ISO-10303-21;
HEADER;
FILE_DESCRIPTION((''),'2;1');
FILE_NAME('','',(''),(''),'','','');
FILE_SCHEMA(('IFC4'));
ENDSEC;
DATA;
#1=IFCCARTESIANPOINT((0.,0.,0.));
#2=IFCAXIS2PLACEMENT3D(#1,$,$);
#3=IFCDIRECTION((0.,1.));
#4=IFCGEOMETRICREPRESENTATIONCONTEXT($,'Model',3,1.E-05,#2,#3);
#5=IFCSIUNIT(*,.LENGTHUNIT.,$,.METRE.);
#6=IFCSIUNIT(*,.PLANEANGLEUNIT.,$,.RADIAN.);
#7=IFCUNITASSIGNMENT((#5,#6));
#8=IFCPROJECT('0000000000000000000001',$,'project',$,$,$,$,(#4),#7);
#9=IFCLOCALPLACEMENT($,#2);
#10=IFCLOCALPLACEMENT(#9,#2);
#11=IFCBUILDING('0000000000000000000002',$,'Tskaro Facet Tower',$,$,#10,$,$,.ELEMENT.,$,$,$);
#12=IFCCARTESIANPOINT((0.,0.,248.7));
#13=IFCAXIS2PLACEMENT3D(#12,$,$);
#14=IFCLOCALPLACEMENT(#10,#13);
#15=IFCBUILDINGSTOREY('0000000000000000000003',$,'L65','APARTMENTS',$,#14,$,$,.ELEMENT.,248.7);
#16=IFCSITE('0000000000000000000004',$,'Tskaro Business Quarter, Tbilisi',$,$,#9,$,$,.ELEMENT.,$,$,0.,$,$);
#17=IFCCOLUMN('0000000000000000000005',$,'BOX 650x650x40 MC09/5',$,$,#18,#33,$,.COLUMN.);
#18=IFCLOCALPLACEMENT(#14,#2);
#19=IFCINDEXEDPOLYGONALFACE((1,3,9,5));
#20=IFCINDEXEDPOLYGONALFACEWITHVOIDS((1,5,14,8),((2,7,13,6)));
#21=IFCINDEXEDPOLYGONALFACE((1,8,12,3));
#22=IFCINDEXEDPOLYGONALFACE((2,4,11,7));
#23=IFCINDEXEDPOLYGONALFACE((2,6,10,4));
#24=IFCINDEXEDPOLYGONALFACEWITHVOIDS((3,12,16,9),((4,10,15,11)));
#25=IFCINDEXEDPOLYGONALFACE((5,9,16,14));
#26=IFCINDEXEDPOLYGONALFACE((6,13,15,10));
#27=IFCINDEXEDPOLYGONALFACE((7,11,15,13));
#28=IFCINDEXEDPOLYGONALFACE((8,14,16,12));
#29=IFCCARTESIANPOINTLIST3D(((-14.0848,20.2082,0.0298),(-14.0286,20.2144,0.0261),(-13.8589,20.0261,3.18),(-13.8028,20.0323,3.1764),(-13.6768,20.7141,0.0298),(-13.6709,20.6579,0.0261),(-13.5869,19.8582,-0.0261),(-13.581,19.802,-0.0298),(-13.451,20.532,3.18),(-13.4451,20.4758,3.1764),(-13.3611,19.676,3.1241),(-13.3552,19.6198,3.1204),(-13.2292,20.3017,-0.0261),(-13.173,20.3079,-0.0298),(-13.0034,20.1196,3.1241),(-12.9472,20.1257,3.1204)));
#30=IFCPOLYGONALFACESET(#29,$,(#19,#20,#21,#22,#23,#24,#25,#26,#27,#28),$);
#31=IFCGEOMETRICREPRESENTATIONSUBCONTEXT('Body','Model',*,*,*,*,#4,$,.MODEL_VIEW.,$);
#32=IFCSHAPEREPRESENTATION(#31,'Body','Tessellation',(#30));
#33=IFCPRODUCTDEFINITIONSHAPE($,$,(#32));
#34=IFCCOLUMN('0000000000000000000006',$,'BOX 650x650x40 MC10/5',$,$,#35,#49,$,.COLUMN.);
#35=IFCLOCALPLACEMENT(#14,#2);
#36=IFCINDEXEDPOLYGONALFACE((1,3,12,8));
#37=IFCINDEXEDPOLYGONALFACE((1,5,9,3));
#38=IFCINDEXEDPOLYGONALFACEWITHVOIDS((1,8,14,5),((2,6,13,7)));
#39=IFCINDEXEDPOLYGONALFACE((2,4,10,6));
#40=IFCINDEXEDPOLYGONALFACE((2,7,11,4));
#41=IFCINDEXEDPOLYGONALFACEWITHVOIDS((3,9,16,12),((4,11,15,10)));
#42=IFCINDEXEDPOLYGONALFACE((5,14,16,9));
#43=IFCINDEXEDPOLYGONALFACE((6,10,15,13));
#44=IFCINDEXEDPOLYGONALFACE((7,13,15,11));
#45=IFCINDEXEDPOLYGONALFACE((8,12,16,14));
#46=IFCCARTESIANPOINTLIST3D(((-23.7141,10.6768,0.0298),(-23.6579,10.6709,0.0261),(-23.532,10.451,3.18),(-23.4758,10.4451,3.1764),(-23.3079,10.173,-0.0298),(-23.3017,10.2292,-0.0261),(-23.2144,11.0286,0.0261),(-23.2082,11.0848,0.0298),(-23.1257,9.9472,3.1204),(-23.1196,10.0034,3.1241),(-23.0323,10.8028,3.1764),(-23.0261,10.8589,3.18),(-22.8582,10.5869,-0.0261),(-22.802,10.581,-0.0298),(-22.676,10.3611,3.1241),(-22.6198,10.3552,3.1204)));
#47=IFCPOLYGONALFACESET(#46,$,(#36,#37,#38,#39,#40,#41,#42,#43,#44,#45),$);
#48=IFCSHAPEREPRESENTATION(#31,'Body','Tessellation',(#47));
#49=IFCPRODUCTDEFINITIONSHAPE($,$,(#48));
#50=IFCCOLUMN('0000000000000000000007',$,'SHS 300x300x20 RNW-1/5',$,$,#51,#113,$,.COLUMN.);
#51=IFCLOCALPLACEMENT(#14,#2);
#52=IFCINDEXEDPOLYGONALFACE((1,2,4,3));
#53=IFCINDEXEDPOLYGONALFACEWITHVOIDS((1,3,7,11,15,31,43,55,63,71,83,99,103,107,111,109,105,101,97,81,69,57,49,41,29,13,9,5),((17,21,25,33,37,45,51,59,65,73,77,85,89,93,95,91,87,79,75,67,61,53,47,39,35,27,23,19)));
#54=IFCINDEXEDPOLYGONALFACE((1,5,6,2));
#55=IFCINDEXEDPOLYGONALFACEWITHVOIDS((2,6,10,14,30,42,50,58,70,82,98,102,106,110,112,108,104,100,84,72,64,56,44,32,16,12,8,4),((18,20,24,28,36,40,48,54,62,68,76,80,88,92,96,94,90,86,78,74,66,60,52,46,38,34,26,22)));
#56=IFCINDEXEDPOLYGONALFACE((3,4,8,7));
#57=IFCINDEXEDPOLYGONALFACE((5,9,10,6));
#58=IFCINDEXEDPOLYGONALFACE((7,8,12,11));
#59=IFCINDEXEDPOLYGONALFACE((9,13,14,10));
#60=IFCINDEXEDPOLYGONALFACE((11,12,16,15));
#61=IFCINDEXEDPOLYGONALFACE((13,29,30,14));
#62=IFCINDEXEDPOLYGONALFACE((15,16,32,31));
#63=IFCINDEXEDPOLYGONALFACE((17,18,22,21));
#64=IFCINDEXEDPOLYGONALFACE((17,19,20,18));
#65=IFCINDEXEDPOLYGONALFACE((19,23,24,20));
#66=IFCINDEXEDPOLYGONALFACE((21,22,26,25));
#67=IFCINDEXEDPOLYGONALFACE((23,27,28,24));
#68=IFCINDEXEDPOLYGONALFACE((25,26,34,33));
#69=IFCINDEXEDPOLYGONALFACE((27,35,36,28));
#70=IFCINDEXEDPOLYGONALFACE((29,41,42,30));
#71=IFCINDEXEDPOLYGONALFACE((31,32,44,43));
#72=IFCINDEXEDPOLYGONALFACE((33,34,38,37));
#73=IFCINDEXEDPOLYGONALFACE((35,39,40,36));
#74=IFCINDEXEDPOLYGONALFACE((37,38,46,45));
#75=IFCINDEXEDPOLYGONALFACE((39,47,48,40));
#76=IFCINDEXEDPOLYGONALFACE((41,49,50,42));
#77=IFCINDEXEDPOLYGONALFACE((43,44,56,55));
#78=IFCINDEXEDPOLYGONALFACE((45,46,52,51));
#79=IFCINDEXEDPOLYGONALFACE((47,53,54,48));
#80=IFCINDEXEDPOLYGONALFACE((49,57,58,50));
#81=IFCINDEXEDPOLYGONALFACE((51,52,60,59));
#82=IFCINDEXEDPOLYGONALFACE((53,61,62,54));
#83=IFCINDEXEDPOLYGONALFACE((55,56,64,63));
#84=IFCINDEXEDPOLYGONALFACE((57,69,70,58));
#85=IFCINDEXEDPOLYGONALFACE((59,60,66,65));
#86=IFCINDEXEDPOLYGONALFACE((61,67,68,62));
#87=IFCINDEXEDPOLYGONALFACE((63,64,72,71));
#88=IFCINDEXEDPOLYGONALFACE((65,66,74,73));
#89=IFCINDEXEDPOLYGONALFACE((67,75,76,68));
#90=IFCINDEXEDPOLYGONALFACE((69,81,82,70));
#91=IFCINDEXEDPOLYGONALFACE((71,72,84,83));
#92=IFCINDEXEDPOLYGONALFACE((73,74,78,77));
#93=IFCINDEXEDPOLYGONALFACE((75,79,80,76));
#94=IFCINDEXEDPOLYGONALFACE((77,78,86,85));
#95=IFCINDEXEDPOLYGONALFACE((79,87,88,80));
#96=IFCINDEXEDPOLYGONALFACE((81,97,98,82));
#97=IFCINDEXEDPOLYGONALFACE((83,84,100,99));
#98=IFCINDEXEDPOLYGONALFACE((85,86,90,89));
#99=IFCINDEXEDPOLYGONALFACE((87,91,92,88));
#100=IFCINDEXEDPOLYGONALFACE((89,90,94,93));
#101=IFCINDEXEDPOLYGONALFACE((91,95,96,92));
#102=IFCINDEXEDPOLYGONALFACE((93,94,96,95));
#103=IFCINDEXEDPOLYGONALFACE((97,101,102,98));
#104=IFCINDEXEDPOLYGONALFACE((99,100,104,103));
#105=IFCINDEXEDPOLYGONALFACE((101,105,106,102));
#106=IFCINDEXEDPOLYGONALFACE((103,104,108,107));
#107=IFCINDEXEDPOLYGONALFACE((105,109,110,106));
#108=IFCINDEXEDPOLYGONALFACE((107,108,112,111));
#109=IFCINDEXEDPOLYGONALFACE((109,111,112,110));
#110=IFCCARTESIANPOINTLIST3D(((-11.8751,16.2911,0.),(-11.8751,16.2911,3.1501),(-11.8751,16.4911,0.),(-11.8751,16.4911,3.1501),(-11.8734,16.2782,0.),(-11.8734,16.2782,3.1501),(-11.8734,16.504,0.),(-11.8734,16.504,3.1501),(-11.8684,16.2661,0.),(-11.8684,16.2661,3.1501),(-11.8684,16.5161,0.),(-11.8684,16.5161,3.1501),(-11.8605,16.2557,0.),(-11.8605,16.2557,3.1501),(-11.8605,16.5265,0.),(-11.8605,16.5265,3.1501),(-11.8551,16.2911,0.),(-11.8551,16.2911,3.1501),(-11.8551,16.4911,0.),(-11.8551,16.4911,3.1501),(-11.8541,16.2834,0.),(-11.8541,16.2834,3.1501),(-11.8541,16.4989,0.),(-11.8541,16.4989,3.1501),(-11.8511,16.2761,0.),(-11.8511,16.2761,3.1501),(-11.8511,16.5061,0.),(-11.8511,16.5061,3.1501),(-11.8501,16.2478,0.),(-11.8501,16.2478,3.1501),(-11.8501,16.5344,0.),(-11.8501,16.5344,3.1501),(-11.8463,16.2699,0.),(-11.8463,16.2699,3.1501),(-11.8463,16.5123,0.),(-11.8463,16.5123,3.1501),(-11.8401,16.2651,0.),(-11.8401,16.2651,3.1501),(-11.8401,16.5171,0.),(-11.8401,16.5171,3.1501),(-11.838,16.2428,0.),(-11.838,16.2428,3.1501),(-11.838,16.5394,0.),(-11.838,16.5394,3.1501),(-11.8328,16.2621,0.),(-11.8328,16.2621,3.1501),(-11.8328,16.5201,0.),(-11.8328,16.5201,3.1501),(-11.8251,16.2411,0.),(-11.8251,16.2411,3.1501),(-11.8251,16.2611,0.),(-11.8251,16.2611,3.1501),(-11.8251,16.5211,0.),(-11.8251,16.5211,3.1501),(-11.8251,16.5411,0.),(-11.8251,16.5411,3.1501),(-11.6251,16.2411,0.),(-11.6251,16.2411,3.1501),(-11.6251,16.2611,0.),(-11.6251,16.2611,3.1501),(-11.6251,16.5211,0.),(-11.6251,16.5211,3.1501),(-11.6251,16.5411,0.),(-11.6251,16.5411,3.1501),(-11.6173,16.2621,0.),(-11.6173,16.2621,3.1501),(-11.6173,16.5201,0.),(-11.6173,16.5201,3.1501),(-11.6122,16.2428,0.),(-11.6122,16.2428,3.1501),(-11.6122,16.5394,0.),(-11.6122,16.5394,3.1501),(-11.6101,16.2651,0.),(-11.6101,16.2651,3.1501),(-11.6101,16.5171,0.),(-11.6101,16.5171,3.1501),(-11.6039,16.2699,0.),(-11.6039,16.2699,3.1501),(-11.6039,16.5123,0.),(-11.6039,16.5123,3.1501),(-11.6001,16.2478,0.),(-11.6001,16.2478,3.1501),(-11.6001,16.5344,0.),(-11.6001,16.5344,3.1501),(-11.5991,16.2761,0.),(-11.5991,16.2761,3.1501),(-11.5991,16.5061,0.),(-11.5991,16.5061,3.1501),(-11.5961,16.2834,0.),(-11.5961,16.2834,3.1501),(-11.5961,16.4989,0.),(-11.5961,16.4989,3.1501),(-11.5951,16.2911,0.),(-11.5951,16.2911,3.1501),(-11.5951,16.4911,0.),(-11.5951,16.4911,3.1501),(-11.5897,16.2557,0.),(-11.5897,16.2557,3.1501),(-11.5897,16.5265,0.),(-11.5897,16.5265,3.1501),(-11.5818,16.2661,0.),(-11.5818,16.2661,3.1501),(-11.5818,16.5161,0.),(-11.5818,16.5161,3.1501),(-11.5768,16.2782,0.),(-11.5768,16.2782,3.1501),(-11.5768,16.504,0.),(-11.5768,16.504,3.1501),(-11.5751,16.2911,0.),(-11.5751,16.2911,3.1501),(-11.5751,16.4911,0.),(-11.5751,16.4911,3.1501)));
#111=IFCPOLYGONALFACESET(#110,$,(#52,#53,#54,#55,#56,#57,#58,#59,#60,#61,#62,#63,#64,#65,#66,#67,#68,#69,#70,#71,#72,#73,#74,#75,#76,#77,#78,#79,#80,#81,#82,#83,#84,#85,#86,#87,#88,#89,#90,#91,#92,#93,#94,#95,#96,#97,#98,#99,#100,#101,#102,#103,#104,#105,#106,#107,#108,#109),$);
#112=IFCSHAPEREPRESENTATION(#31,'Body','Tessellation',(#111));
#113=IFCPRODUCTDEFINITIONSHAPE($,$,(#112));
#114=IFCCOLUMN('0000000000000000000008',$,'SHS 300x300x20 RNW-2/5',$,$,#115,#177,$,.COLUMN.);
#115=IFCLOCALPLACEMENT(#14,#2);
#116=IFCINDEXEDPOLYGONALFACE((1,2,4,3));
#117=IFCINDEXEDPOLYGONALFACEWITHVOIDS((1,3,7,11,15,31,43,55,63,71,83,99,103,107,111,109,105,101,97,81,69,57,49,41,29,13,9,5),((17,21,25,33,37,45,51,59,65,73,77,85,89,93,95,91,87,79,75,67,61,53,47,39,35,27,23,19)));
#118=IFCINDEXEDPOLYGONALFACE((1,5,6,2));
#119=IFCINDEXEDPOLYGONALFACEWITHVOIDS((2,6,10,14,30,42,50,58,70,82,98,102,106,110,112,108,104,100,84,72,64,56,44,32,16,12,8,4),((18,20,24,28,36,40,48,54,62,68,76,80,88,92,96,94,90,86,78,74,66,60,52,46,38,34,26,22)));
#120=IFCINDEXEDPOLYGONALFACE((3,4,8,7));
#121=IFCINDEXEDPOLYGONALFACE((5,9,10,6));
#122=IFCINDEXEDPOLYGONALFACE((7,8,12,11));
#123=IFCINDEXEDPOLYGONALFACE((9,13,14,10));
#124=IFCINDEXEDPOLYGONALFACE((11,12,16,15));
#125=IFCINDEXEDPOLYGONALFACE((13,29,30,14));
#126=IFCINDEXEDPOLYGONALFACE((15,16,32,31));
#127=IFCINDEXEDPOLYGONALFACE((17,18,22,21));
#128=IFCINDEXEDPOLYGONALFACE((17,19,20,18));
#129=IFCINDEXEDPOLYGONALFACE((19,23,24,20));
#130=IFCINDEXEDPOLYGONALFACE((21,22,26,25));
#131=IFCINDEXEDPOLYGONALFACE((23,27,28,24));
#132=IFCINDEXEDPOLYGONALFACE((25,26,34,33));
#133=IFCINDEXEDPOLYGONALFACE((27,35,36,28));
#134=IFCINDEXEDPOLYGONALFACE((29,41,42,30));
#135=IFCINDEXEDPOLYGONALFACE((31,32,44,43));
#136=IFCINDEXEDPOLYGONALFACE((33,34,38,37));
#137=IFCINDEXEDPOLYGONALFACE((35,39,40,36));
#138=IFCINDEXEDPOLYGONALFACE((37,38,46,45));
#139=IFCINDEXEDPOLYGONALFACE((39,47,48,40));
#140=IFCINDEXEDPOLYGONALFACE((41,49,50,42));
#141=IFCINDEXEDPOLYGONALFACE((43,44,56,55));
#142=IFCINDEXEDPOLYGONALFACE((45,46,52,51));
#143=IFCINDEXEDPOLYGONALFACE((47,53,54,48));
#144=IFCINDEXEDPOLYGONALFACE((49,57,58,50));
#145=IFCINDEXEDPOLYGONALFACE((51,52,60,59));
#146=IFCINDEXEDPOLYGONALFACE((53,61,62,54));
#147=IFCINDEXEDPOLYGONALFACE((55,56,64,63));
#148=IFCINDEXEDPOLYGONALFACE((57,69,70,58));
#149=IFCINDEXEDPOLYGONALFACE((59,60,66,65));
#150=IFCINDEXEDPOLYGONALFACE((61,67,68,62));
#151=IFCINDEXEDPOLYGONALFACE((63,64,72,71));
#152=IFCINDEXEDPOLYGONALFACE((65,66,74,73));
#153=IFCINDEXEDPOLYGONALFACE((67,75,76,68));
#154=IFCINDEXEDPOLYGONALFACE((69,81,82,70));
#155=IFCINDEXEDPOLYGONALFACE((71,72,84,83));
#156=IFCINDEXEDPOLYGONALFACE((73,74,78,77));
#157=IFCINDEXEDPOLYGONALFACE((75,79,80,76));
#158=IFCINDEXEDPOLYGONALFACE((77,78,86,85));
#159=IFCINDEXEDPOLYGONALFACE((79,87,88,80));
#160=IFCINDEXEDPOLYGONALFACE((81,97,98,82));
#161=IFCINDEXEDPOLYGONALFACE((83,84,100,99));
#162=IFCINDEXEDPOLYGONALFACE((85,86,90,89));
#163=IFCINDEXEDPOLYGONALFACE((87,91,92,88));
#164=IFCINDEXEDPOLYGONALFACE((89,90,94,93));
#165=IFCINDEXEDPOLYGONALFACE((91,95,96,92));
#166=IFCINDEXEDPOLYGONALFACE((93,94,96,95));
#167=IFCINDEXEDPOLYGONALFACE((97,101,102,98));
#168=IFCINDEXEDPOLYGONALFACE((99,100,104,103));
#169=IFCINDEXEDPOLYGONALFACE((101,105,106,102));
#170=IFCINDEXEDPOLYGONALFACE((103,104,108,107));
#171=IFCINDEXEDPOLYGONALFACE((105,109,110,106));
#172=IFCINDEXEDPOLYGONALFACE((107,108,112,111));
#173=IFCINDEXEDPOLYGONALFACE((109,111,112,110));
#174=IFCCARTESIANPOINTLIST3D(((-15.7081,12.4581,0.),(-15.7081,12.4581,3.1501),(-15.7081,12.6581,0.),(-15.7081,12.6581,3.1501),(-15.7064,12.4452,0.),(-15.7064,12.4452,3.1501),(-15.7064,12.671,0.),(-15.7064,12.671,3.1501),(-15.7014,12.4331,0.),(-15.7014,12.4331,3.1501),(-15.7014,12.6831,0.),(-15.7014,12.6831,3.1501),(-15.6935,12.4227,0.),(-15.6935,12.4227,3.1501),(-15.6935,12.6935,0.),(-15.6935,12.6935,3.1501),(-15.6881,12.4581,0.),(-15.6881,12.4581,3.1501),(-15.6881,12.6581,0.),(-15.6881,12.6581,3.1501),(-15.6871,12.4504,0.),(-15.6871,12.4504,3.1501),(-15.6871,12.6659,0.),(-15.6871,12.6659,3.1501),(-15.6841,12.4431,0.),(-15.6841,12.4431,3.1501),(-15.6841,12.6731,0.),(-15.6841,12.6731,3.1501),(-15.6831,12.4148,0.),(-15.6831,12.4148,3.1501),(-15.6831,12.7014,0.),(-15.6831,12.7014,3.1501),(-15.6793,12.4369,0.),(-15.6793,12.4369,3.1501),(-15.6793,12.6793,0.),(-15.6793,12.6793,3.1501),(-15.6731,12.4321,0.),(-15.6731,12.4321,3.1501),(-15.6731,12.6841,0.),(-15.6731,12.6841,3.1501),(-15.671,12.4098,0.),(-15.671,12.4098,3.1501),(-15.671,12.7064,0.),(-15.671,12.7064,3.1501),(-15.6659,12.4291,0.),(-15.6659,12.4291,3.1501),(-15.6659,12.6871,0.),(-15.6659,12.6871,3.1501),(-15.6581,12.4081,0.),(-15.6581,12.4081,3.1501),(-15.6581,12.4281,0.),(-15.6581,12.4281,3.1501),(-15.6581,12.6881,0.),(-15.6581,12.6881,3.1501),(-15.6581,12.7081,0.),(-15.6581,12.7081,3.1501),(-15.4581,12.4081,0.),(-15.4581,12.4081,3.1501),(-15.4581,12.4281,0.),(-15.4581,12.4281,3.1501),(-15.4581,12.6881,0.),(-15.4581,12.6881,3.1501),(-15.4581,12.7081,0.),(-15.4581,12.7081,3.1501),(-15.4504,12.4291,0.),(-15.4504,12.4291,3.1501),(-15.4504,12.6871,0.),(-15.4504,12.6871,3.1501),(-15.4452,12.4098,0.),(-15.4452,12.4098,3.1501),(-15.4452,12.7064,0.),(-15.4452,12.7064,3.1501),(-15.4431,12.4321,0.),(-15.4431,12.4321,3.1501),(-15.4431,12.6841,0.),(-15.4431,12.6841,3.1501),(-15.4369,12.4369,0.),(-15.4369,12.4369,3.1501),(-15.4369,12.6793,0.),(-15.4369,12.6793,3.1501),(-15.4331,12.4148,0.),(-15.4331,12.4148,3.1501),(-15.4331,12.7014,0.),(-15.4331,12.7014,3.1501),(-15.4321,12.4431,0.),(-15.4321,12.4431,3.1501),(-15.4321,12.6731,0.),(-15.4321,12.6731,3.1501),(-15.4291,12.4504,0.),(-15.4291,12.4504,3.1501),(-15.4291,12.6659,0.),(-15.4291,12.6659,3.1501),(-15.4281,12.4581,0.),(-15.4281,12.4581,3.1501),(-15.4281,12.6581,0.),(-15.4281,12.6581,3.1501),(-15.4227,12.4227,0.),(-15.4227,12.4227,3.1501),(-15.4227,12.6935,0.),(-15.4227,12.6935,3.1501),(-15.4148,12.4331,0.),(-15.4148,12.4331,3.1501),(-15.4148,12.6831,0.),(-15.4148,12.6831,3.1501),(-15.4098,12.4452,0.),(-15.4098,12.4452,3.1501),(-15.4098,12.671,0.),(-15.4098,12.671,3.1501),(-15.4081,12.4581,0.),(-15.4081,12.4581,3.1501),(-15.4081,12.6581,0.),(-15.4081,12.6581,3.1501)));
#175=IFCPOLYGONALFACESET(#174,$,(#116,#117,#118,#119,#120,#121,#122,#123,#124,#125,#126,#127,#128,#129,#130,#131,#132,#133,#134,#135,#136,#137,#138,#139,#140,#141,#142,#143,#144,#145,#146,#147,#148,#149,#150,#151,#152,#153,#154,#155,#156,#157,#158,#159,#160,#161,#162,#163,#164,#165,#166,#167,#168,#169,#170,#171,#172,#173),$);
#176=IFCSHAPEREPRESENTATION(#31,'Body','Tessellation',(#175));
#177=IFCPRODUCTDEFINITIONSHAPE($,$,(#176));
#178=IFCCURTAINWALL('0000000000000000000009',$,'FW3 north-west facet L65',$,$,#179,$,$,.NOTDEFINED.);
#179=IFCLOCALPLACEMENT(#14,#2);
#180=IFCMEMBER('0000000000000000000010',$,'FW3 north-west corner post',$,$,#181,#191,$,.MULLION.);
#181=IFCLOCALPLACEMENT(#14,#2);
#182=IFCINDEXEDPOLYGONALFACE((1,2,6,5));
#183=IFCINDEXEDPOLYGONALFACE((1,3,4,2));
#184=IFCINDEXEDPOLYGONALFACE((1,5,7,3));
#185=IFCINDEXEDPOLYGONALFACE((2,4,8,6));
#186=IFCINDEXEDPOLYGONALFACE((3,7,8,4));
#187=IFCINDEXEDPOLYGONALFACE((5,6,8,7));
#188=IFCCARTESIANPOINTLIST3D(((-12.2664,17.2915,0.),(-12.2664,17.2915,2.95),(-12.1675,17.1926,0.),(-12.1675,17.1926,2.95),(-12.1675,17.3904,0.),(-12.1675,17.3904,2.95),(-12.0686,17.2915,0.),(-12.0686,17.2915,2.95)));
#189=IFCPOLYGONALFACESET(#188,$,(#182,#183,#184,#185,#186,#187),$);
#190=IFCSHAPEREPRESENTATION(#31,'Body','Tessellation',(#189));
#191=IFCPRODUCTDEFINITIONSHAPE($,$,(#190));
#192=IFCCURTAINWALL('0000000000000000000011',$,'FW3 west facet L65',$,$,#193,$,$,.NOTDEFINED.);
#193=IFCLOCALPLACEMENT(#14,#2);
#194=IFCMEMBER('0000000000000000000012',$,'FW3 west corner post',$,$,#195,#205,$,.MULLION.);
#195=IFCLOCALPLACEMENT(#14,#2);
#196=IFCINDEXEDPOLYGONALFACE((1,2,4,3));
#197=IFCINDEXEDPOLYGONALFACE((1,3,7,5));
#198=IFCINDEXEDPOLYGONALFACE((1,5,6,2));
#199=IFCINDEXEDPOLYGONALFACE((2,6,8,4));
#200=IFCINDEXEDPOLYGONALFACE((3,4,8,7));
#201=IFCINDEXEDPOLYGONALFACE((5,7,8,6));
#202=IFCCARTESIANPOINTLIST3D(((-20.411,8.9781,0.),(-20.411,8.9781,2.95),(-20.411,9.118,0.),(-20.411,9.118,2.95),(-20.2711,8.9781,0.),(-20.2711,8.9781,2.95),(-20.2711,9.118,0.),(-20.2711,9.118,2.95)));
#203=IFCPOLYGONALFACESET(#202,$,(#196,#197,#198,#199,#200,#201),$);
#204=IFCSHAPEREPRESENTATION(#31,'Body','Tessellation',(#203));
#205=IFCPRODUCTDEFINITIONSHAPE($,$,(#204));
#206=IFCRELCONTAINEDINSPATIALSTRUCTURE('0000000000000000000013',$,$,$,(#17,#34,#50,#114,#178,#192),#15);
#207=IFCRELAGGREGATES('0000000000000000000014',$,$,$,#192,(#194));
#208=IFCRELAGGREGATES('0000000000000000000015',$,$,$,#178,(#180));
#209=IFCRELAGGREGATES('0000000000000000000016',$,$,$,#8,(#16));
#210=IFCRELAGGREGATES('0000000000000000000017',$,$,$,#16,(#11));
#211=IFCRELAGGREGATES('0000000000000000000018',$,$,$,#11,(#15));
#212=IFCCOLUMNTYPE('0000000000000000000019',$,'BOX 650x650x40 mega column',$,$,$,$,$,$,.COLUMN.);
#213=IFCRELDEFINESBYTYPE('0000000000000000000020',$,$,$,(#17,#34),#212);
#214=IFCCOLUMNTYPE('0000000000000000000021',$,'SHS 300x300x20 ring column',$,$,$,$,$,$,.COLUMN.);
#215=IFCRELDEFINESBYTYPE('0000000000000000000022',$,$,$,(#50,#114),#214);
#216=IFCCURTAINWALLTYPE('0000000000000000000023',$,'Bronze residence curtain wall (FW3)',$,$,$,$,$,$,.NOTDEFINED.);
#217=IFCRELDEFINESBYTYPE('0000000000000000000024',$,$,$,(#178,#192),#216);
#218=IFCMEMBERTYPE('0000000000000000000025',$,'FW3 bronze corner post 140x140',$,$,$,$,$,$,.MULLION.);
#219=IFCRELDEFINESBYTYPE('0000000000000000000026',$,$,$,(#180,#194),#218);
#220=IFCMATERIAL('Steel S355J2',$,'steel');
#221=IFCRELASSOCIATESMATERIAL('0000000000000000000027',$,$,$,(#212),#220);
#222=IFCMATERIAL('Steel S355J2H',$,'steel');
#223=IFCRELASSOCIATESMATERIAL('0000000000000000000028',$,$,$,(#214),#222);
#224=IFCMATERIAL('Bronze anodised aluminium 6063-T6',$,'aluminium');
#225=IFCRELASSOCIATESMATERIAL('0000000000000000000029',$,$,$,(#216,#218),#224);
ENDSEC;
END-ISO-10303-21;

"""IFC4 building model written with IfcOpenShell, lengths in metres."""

from ifc_helpers import new_model, si_unit, direction, frame, origin, origin_2d, place, context, subcontext, project, spatial, rectangle, hollow_rectangle, extrude, material, material_profile, profile_set, type_object, element, aggregate, save


model = new_model("IFC4")

# Units and contexts
model_context = context("Model", 3, precision=1e-05, world=origin(), true_north=direction((0.0, 1.0)))
body_context = subcontext(model_context, "Body", "Model", "MODEL_VIEW")
ifc_project = project(units=[si_unit("LENGTHUNIT", "METRE"), si_unit("PLANEANGLEUNIT", "RADIAN")], contexts=[model_context])

# Site, building, storey
site_placement = place(None, origin())
site = spatial("IfcSite", under=ifc_project, at=site_placement, Name="Tskaro Business Quarter, Tbilisi", CompositionType="ELEMENT", RefElevation=0.0)
building_placement = place(site_placement, origin())
building = spatial("IfcBuilding", under=site, at=building_placement, Name="Tskaro Facet Tower", CompositionType="ELEMENT")
storey_placement = place(building_placement, frame((0.0, 0.0, 248.7)))
storey = spatial("IfcBuildingStorey", under=building, at=storey_placement, Name="L65", Description="APARTMENTS", CompositionType="ELEMENT", Elevation=248.7)

# Columns
ifc_material_1 = material(Name="Steel S355J2", Category="steel")
ifc_material_profile_1 = material_profile(ifc_material_1, hollow_rectangle(XDim=0.6499, YDim=0.6499, WallThickness=0.04, at=origin_2d()), Name="BOX 650x650x40")
ifc_profile_set_1 = profile_set([ifc_material_profile_1], Name="Steel S355J2")
column_type_1 = type_object("IfcColumnType", Name="BOX 650x650x40 mega column", PredefinedType="COLUMN", material=ifc_profile_set_1)
for number, where, z_axis, x_axis, name in (
    (1, (-13.6289, 20.2581, 0.0), (0.071387, -0.057572, 0.995786), (0.627769, 0.7784, 0.0), "BOX 650x650x40 MC09/5"),
    (2, (-23.2581, 10.6289, 0.0), (0.057572, -0.071387, 0.995786), (0.7784, 0.627769, 0.0), "BOX 650x650x40 MC10/5"),
):
    element("IfcColumn", number, at=place(storey_placement, frame(where, z_axis=z_axis, x_axis=x_axis)), inside=storey, type_object=column_type_1, Name=name, PredefinedType="COLUMN", context=body_context, shape_type="SweptSolid", body=[
        extrude(hollow_rectangle(XDim=0.6499, YDim=0.6499, WallThickness=0.04, at=origin_2d()), origin(), (0.0, 0.0, 1.0), 3.1636),
    ])
ifc_material_2 = material(Name="Steel S355J2H", Category="steel")
ifc_material_profile_2 = material_profile(ifc_material_2, hollow_rectangle(XDim=0.3, YDim=0.3, WallThickness=0.02, InnerFilletRadius=0.03, OuterFilletRadius=0.05, at=origin_2d()), Name="SHS 300x300x20")
ifc_profile_set_2 = profile_set([ifc_material_profile_2], Name="Steel S355J2H")
column_type_2 = type_object("IfcColumnType", Name="SHS 300x300x20 ring column", PredefinedType="COLUMN", material=ifc_profile_set_2)
for number, where, z_axis, x_axis, name in (
    (3, (-11.7251, 16.3911, 0.0), (0.0, 0.0, 1.0), (1.0, 0.0, 0.0), "SHS 300x300x20 RNW-1/5"),
    (4, (-15.5581, 12.5581, 0.0), (0.0, 0.0, 1.0), (1.0, 0.0, 0.0), "SHS 300x300x20 RNW-2/5"),
):
    element("IfcColumn", number, at=place(storey_placement, frame(where, z_axis=z_axis, x_axis=x_axis)), inside=storey, type_object=column_type_2, Name=name, PredefinedType="COLUMN", context=body_context, shape_type="SweptSolid", body=[
        extrude(hollow_rectangle(XDim=0.3, YDim=0.3, WallThickness=0.02, InnerFilletRadius=0.03, OuterFilletRadius=0.05, at=origin_2d()), origin(), (0.0, 0.0, 1.0), 3.1501),
    ])

# Curtain walls, members
ifc_material_3 = material(Name="Bronze anodised aluminium 6063-T6", Category="aluminium")
curtain_wall_type = type_object("IfcCurtainWallType", Name="Bronze residence curtain wall (FW3)", PredefinedType="NOTDEFINED", material=ifc_material_3)
curtain_wall_1_placement = place(storey_placement, origin())
curtain_wall_1 = element("IfcCurtainWall", 5, at=curtain_wall_1_placement, inside=storey, type_object=curtain_wall_type, Name="FW3 north-west facet L65", PredefinedType="NOTDEFINED")
ifc_material_profile_3 = material_profile(ifc_material_3, rectangle(XDim=0.1399, YDim=0.1399, at=origin_2d()), Name="Corner post 140x140")
ifc_profile_set_3 = profile_set([ifc_material_profile_3], Name="Bronze anodised aluminium 6063-T6")
member_type_1 = type_object("IfcMemberType", Name="FW3 bronze corner post 140x140", PredefinedType="MULLION", material=ifc_profile_set_3)
member_1_placement = place(storey_placement, frame((-12.1675, 17.2915, 0.0), z_axis=(0.0, 0.0, 1.0), x_axis=(-0.707107, -0.707107, 0.0)))
member_1 = element("IfcMember", 6, at=member_1_placement, type_object=member_type_1, Name="FW3 north-west corner post", PredefinedType="MULLION", context=body_context, shape_type="SweptSolid", body=[
    extrude(rectangle(XDim=0.1399, YDim=0.1399, at=origin_2d()), origin(), (0.0, 0.0, 1.0), 2.95),
])
curtain_wall_2_placement = place(storey_placement, origin())
curtain_wall_2 = element("IfcCurtainWall", 7, at=curtain_wall_2_placement, inside=storey, type_object=curtain_wall_type, Name="FW3 west facet L65", PredefinedType="NOTDEFINED")
member_2_placement = place(storey_placement, frame((-20.3411, 9.0481, 0.0), z_axis=(0.0, 0.0, 1.0), x_axis=(0.0, -1.0, 0.0)))
member_2 = element("IfcMember", 8, at=member_2_placement, type_object=member_type_1, Name="FW3 west corner post", PredefinedType="MULLION", context=body_context, shape_type="SweptSolid", body=[
    extrude(rectangle(XDim=0.1399, YDim=0.1399, at=origin_2d()), origin(), (0.0, 0.0, 1.0), 2.95),
])

aggregate(curtain_wall_2, [member_2])

aggregate(curtain_wall_1, [member_1])

save(model, "model.ifc")
